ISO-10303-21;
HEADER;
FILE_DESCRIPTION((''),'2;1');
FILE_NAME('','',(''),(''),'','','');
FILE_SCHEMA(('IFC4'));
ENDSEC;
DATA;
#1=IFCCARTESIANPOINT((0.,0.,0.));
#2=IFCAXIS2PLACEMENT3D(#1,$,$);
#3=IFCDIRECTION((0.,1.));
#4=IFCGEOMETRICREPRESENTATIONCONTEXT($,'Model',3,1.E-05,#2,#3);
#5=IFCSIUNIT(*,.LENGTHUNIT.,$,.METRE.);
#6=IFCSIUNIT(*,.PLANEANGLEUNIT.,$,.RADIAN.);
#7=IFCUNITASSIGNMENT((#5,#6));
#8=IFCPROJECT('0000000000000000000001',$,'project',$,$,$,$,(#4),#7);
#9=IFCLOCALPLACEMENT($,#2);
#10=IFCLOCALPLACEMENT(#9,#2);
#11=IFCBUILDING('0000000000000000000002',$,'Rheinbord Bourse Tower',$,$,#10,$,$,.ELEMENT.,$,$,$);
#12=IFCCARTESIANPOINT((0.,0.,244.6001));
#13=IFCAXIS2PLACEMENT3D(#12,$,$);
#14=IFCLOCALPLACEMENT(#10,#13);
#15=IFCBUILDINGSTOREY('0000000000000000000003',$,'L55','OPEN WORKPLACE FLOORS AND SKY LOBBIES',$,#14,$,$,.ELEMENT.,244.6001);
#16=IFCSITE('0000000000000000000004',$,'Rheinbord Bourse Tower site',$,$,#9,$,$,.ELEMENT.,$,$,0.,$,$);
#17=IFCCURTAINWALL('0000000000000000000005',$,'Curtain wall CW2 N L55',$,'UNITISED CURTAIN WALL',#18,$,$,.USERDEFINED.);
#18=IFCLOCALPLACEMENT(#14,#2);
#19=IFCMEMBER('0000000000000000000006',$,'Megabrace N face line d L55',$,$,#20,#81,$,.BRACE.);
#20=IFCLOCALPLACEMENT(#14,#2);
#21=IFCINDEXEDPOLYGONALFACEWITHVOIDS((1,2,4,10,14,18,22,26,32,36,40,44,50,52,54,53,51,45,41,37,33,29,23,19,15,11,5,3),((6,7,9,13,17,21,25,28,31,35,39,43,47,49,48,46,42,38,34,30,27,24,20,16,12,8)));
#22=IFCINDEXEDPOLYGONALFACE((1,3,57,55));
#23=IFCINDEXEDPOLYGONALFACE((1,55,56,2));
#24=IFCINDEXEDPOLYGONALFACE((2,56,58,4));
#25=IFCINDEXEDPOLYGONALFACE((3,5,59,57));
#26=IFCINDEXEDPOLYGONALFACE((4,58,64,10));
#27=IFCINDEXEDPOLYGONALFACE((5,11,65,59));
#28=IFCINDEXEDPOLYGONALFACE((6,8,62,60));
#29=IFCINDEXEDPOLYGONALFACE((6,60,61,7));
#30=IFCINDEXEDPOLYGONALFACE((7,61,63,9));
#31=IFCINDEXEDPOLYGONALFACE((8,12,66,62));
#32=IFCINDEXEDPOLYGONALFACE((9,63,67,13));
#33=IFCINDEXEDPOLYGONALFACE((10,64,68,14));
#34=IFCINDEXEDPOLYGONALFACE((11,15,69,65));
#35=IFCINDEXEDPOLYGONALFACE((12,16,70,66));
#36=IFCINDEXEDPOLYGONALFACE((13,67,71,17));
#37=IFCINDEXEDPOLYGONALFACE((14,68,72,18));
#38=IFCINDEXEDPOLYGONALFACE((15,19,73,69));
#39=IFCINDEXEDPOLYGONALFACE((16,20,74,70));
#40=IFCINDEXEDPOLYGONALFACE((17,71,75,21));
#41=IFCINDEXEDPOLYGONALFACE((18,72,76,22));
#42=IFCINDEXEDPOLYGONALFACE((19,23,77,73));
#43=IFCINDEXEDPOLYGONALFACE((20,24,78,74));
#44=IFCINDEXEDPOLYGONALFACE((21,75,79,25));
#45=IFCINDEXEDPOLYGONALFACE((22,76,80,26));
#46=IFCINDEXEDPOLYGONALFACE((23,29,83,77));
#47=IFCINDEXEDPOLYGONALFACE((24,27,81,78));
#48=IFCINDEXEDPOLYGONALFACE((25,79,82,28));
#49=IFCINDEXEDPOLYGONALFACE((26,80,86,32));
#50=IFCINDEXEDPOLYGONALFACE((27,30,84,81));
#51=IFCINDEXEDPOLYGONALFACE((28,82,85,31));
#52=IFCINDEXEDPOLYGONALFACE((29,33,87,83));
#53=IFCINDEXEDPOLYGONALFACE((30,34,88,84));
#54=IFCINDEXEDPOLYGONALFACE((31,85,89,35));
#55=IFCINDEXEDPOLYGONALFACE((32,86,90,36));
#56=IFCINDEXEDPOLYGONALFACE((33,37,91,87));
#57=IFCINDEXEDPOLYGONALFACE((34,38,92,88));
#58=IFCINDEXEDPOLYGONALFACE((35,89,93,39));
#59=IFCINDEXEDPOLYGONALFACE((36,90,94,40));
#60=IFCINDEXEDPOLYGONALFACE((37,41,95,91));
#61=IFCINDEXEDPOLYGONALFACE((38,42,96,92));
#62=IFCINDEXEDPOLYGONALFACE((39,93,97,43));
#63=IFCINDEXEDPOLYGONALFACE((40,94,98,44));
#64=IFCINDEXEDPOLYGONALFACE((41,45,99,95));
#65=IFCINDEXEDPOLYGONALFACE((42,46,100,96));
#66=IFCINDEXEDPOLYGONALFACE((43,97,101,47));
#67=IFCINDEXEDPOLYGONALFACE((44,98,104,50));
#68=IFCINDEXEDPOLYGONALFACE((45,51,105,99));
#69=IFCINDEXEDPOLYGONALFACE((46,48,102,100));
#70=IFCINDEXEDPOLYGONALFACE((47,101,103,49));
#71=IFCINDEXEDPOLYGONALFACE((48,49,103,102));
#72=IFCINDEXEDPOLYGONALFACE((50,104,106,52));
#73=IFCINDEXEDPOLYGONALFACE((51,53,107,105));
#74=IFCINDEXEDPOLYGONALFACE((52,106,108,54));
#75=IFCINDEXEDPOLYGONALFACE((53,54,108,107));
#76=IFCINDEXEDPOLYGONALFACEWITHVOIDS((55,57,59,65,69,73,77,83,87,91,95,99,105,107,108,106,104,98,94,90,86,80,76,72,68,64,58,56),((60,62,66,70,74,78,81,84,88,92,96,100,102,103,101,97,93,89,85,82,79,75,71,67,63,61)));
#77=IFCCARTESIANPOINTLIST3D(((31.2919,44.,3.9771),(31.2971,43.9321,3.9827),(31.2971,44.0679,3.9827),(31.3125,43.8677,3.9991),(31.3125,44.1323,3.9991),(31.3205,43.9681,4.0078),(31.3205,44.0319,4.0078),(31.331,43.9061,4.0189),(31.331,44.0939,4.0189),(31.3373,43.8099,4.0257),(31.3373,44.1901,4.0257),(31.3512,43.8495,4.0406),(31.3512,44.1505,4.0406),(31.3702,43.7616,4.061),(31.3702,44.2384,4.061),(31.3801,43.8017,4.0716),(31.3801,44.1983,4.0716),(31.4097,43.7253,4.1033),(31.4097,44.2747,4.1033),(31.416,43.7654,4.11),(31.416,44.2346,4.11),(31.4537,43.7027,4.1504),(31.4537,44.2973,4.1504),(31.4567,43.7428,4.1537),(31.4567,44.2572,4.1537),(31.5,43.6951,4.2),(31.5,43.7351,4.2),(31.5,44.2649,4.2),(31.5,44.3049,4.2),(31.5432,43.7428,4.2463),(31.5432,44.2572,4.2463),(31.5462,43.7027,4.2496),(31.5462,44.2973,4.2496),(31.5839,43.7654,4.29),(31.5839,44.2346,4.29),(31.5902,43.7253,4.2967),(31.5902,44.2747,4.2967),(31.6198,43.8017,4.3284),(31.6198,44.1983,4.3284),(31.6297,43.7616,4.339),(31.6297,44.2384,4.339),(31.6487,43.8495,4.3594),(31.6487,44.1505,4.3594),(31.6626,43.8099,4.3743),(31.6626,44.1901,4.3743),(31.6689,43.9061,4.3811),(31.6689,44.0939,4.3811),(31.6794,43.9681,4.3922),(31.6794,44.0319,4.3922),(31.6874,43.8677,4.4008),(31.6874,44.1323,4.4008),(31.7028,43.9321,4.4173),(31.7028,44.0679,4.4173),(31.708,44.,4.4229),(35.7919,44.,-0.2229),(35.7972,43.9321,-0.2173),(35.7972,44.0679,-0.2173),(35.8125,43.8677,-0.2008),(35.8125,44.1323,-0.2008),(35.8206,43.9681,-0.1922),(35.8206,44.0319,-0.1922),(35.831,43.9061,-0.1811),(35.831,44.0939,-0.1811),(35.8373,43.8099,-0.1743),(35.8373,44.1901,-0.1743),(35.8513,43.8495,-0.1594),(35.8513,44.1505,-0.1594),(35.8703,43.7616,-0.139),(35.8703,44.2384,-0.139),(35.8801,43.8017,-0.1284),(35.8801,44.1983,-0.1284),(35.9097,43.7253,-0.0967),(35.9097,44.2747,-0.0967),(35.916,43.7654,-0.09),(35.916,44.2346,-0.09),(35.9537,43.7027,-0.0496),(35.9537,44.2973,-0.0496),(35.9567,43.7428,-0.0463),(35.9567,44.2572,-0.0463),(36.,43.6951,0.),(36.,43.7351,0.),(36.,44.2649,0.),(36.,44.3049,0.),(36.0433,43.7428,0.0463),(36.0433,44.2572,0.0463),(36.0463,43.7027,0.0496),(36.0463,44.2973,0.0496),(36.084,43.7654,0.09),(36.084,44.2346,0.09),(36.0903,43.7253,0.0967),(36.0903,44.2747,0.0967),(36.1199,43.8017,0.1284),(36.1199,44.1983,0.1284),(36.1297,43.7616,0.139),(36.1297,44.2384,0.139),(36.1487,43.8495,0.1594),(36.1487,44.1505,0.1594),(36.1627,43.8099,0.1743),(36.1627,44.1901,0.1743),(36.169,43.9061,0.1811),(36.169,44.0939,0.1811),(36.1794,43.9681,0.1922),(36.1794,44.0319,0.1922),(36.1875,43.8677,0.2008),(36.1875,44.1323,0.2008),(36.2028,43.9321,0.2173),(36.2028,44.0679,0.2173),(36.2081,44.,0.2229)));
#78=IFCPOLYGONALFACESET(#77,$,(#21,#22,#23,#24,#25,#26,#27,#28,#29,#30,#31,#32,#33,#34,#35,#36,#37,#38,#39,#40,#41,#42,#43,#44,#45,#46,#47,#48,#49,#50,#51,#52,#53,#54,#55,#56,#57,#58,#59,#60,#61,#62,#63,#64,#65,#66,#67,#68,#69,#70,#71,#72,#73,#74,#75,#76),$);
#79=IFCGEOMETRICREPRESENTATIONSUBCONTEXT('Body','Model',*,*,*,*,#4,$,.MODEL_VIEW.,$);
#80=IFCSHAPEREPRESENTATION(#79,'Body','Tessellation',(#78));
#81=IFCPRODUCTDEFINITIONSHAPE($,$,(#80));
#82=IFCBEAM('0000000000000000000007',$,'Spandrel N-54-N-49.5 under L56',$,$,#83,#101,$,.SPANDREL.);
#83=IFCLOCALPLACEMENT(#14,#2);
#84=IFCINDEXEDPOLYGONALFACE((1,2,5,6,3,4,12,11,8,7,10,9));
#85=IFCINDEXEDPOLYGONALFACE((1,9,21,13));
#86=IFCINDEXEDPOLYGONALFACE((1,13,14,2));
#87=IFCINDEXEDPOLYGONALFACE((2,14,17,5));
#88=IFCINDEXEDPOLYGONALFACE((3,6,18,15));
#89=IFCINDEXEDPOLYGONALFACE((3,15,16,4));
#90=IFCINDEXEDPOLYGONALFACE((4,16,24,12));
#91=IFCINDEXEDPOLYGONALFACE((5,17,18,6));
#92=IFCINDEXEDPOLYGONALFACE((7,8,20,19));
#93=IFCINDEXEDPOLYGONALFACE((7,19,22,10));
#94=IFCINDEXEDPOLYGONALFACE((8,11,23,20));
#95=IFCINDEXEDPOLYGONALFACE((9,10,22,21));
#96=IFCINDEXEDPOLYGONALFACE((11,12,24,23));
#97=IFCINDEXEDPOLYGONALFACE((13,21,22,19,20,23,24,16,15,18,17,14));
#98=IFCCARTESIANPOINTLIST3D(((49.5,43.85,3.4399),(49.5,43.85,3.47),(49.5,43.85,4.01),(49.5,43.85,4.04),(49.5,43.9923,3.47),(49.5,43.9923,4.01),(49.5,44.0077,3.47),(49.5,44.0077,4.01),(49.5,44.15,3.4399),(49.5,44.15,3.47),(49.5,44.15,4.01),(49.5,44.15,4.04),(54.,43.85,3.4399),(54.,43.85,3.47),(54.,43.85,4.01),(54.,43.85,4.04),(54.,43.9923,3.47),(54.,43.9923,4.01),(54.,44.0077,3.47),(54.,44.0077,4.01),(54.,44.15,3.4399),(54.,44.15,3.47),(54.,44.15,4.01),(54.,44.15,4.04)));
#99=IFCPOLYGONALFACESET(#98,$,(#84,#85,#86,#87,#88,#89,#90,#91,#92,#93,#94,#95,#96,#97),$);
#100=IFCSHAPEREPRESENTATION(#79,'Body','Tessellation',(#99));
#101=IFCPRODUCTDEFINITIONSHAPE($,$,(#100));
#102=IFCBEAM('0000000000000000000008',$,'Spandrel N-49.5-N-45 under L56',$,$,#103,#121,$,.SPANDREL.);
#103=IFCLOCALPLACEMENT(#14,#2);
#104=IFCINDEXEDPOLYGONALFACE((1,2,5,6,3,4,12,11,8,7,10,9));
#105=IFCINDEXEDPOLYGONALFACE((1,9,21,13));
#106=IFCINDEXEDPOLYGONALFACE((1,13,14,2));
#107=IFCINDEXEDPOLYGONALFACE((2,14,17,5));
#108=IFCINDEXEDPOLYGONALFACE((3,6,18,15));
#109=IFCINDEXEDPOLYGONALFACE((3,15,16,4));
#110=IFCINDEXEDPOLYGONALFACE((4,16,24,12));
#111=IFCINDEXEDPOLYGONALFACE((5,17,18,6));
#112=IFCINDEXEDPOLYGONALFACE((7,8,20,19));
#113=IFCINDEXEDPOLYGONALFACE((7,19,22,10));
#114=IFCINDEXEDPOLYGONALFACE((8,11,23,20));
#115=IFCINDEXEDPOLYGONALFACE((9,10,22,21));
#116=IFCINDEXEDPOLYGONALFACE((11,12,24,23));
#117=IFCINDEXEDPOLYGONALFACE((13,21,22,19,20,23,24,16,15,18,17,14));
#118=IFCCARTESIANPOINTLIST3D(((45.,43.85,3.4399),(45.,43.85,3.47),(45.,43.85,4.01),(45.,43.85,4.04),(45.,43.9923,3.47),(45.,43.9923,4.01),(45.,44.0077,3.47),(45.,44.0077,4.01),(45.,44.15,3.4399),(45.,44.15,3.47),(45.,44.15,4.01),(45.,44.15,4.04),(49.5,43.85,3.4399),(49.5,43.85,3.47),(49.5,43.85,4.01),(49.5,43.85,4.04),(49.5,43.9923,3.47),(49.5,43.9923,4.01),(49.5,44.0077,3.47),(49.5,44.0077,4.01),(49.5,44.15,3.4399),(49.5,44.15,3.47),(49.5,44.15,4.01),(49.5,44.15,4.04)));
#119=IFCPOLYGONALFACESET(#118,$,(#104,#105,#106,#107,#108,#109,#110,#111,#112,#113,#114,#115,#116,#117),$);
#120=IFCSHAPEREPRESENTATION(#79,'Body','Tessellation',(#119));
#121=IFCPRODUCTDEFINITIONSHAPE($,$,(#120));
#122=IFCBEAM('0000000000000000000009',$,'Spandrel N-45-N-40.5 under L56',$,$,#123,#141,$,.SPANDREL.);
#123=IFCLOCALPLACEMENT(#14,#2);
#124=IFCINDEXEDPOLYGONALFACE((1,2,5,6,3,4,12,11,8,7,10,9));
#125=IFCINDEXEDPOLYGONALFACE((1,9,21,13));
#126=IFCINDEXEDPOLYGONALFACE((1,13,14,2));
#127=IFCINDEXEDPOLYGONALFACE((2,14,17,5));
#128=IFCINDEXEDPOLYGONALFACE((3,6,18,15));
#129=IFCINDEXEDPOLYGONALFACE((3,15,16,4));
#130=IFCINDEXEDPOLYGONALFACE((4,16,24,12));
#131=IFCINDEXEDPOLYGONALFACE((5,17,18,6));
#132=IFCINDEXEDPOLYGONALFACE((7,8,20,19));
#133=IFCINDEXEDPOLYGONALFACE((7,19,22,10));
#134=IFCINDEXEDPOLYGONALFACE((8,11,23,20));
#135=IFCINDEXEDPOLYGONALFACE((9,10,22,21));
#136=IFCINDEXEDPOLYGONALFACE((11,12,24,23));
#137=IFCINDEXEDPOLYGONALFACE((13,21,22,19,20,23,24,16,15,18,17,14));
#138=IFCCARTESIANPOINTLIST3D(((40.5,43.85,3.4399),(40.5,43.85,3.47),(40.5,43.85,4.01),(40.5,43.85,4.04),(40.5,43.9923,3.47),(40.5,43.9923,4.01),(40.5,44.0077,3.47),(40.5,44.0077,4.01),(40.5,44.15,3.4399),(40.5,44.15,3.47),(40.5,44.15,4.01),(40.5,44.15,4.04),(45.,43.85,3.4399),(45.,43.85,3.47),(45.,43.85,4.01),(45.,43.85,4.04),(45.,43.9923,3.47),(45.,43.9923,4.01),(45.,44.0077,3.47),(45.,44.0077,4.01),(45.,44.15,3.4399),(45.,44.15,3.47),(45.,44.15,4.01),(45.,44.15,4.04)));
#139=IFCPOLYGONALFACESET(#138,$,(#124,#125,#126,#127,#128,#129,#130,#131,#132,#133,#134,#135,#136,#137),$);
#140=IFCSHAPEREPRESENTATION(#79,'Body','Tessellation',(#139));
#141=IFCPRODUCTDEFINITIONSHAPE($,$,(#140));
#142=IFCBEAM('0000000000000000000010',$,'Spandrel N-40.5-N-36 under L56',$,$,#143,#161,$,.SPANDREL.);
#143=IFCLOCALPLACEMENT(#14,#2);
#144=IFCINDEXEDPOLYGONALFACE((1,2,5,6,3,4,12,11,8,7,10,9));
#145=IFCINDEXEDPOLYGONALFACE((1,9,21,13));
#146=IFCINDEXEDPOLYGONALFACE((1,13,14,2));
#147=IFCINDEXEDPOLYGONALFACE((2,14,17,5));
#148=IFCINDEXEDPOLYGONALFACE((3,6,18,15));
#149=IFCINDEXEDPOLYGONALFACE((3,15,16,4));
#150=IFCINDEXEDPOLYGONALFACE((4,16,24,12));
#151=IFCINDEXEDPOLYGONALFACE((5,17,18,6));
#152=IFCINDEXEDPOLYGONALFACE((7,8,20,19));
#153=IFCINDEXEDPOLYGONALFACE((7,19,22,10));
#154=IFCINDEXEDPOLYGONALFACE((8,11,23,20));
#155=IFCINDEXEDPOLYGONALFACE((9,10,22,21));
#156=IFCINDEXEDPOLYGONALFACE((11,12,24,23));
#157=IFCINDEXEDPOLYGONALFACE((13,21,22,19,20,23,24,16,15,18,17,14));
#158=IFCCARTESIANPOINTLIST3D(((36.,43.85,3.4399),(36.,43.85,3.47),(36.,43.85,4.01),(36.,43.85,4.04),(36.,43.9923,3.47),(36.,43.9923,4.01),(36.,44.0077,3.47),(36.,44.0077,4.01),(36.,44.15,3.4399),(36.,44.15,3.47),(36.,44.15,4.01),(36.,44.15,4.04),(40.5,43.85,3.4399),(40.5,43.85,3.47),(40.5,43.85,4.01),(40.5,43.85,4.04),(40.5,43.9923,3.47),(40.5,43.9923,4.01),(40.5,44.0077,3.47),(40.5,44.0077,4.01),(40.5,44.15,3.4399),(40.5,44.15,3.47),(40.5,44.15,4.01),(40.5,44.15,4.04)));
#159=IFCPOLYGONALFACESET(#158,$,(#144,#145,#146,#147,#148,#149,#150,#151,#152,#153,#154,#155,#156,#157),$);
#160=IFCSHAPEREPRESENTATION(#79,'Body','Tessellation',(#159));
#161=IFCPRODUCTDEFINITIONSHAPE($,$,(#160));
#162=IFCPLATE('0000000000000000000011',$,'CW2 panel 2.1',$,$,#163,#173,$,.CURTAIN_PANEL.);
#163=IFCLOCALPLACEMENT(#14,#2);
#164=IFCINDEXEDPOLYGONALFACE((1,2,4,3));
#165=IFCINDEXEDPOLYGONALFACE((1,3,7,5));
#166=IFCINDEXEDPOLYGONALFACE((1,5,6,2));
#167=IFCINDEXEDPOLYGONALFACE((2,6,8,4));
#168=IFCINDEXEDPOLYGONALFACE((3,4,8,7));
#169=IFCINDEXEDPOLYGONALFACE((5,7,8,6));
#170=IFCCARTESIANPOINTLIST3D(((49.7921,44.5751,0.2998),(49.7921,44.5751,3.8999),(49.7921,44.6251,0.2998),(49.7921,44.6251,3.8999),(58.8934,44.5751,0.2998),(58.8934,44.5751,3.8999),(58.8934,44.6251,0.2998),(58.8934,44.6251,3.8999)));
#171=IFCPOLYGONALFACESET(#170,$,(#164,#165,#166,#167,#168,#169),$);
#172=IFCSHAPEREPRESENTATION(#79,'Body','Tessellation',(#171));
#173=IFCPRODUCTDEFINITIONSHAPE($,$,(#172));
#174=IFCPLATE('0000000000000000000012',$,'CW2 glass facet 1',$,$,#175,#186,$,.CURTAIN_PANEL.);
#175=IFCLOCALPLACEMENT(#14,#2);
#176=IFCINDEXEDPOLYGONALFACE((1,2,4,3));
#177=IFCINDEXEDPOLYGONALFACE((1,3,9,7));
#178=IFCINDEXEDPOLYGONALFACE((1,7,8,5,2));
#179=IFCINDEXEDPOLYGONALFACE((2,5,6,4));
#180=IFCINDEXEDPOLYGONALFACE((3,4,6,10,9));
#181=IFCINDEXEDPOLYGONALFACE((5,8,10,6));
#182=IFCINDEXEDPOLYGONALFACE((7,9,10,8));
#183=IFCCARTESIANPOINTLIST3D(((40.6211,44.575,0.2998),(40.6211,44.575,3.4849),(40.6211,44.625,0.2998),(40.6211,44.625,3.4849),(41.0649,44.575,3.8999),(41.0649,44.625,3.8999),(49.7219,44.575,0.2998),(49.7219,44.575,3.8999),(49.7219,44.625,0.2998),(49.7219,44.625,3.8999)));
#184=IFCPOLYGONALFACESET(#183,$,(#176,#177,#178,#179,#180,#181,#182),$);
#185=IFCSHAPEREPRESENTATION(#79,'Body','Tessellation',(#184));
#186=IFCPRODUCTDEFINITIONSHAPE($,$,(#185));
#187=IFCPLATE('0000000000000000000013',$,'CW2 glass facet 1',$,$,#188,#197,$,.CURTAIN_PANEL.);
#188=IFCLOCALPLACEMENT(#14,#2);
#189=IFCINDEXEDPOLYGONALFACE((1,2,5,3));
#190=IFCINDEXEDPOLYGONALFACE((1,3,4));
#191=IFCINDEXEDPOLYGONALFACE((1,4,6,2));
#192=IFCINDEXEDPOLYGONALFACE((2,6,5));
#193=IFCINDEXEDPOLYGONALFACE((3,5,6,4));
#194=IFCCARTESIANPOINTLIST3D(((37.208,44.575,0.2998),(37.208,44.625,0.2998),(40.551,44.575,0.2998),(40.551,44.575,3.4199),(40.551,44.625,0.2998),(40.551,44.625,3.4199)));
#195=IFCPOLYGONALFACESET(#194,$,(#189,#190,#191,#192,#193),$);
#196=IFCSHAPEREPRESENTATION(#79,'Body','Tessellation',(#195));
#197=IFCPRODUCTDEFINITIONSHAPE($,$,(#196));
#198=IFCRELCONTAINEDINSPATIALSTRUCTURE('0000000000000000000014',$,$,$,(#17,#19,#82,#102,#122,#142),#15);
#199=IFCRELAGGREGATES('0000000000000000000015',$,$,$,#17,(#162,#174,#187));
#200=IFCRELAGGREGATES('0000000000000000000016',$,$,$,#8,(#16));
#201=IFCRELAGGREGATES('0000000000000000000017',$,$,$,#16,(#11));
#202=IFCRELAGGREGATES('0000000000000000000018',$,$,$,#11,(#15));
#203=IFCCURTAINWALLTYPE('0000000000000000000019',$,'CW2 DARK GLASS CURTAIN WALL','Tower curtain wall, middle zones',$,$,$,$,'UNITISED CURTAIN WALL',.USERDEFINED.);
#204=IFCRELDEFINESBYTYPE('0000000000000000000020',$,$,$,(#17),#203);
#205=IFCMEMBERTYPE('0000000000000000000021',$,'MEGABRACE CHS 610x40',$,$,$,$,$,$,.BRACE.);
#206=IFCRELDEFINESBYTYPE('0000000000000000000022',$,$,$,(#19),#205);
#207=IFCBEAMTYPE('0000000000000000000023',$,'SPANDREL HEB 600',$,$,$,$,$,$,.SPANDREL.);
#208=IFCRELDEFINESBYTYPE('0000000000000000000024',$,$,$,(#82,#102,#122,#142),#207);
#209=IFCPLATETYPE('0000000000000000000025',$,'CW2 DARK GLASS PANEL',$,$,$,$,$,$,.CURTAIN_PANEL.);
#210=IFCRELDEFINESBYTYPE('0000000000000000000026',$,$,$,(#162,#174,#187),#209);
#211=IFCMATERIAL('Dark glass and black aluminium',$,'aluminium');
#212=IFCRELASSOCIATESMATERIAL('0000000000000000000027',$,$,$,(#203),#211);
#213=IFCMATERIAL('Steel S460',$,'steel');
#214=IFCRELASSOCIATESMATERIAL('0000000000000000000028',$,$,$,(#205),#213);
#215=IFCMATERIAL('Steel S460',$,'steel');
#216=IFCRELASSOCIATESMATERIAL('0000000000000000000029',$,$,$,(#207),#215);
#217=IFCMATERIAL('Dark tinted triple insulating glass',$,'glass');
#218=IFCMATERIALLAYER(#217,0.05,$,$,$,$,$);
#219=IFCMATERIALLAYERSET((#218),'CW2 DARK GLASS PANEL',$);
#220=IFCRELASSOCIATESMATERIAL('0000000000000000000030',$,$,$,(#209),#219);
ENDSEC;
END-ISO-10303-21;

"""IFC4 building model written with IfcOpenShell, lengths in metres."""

from ifc_helpers import new_model, si_unit, direction, frame, origin, origin_2d, place, context, subcontext, project, spatial, polyline, rectangle, hollow_circle, i_section, outline, extrude, material, layer, layer_set, material_profile, profile_set, type_object, element, aggregate, save


model = new_model("IFC4")

# Units and contexts
model_context = context("Model", 3, precision=1e-05, world=origin(), true_north=direction((0.0, 1.0)))
body_context = subcontext(model_context, "Body", "Model", "MODEL_VIEW")
ifc_project = project(units=[si_unit("LENGTHUNIT", "METRE"), si_unit("PLANEANGLEUNIT", "RADIAN")], contexts=[model_context])

# Site, building, storey
site_placement = place(None, origin())
site = spatial("IfcSite", under=ifc_project, at=site_placement, Name="Rheinbord Bourse Tower site", CompositionType="ELEMENT", RefElevation=0.0)
building_placement = place(site_placement, origin())
building = spatial("IfcBuilding", under=site, at=building_placement, Name="Rheinbord Bourse Tower", CompositionType="ELEMENT")
storey_placement = place(building_placement, frame((0.0, 0.0, 244.6001)))
storey = spatial("IfcBuildingStorey", under=building, at=storey_placement, Name="L55", Description="OPEN WORKPLACE FLOORS AND SKY LOBBIES", CompositionType="ELEMENT", Elevation=244.6001)

# Curtain wall
ifc_material_1 = material(Name="Dark glass and black aluminium", Category="aluminium")
curtain_wall_type = type_object("IfcCurtainWallType", Name="CW2 DARK GLASS CURTAIN WALL", Description="Tower curtain wall, middle zones", ElementType="UNITISED CURTAIN WALL", PredefinedType="USERDEFINED", material=ifc_material_1)
curtain_wall_placement = place(storey_placement, origin())
curtain_wall = element("IfcCurtainWall", 1, at=curtain_wall_placement, inside=storey, type_object=curtain_wall_type, Name="Curtain wall CW2 N L55", ObjectType="UNITISED CURTAIN WALL", PredefinedType="USERDEFINED")

# Member
ifc_material_2 = material(Name="Steel S460", Category="steel")
ifc_material_profile_1 = material_profile(ifc_material_2, hollow_circle(Radius=0.3049, WallThickness=0.04, at=origin_2d()), Name="CHS 610x40")
ifc_profile_set_1 = profile_set([ifc_material_profile_1], Name="Steel S460")
member_type_1 = type_object("IfcMemberType", Name="MEGABRACE CHS 610x40", PredefinedType="BRACE", material=ifc_profile_set_1)
member_1_placement = place(storey_placement, frame((36.0, 44.0, 0.0), z_axis=(-0.731059, 0.0, 0.682314), x_axis=(0.0, -1.0, 0.0)))
element("IfcMember", 2, at=member_1_placement, inside=storey, type_object=member_type_1, Name="Megabrace N face line d L55", PredefinedType="BRACE", context=body_context, shape_type="SweptSolid", body=[
    extrude(hollow_circle(Radius=0.3049, WallThickness=0.04, at=origin_2d()), origin(), (0.0, 0.0, 1.0), 6.1555),
])

# Beams
ifc_material_3 = material(Name="Steel S460", Category="steel")
ifc_material_profile_2 = material_profile(ifc_material_3, i_section(OverallWidth=0.3, OverallDepth=0.6001, WebThickness=0.0154, FlangeThickness=0.03, at=origin_2d()), Name="HEB 600")
ifc_profile_set_2 = profile_set([ifc_material_profile_2], Name="Steel S460")
beam_type_1 = type_object("IfcBeamType", Name="SPANDREL HEB 600", PredefinedType="SPANDREL", material=ifc_profile_set_2)
for number, where, z_axis, x_axis, name in (
    (3, (54.0, 44.0, 3.74), (-1.0, 0.0, 0.0), (0.0, -1.0, 0.0), "Spandrel N-54-N-49.5 under L56"),
    (4, (49.5, 44.0, 3.74), (-1.0, 0.0, 0.0), (0.0, -1.0, 0.0), "Spandrel N-49.5-N-45 under L56"),
    (5, (45.0, 44.0, 3.74), (-1.0, 0.0, 0.0), (0.0, -1.0, 0.0), "Spandrel N-45-N-40.5 under L56"),
    (6, (40.5, 44.0, 3.74), (-1.0, 0.0, 0.0), (0.0, -1.0, 0.0), "Spandrel N-40.5-N-36 under L56"),
):
    element("IfcBeam", number, at=place(storey_placement, frame(where, z_axis=z_axis, x_axis=x_axis)), inside=storey, type_object=beam_type_1, Name=name, PredefinedType="SPANDREL", context=body_context, shape_type="SweptSolid", body=[
        extrude(i_section(OverallWidth=0.3, OverallDepth=0.6001, WebThickness=0.0154, FlangeThickness=0.03, at=origin_2d()), origin(), (0.0, 0.0, 1.0), 4.5),
    ])

# Plates
ifc_material_4 = material(Name="Dark tinted triple insulating glass", Category="glass")
ifc_layer_1 = layer(ifc_material_4, 0.05)
ifc_layer_set_1 = layer_set([ifc_layer_1], Name="CW2 DARK GLASS PANEL")
plate_type = type_object("IfcPlateType", Name="CW2 DARK GLASS PANEL", PredefinedType="CURTAIN_PANEL", material=ifc_layer_set_1)
plate_1_placement = place(storey_placement, frame((54.3428, 44.6001, 0.2998), z_axis=(0.0, 0.0, 1.0), x_axis=(-1.0, 0.0, 0.0)))
plate_1 = element("IfcPlate", 7, at=plate_1_placement, type_object=plate_type, Name="CW2 panel 2.1", PredefinedType="CURTAIN_PANEL", context=body_context, shape_type="SweptSolid", body=[
    extrude(rectangle(XDim=9.1013, YDim=0.05, at=origin_2d()), origin(), (0.0, 0.0, 1.0), 3.6001),
])
plate_2_placement = place(storey_placement, frame((40.6211, 44.625, 0.2998), z_axis=(0.0, -1.0, 0.0), x_axis=(1.0, 0.0, 0.0)))
plate_2 = element("IfcPlate", 8, at=plate_2_placement, type_object=plate_type, Name="CW2 glass facet 1", PredefinedType="CURTAIN_PANEL", context=body_context, shape_type="SweptSolid", body=[
    extrude(outline(polyline([(0.0, 0.0), (9.1008, 0.0), (9.1008, 3.6001), (0.4438, 3.6001), (0.0, 3.1851), (0.0, 0.0)])), origin(), (0.0, 0.0, 1.0), 0.05),
])
plate_3_placement = place(storey_placement, frame((40.551, 44.625, 0.2998), z_axis=(0.0, -1.0, 0.0), x_axis=(0.0, 0.0, 1.0)))
plate_3 = element("IfcPlate", 9, at=plate_3_placement, type_object=plate_type, Name="CW2 glass facet 1", PredefinedType="CURTAIN_PANEL", context=body_context, shape_type="SweptSolid", body=[
    extrude(outline(polyline([(0.0, 0.0), (3.1201, 0.0), (0.0, 3.343), (0.0, 0.0)])), origin(), (0.0, 0.0, 1.0), 0.05),
])
aggregate(curtain_wall, [plate_1, plate_2, plate_3])

save(model, "model.ifc")
